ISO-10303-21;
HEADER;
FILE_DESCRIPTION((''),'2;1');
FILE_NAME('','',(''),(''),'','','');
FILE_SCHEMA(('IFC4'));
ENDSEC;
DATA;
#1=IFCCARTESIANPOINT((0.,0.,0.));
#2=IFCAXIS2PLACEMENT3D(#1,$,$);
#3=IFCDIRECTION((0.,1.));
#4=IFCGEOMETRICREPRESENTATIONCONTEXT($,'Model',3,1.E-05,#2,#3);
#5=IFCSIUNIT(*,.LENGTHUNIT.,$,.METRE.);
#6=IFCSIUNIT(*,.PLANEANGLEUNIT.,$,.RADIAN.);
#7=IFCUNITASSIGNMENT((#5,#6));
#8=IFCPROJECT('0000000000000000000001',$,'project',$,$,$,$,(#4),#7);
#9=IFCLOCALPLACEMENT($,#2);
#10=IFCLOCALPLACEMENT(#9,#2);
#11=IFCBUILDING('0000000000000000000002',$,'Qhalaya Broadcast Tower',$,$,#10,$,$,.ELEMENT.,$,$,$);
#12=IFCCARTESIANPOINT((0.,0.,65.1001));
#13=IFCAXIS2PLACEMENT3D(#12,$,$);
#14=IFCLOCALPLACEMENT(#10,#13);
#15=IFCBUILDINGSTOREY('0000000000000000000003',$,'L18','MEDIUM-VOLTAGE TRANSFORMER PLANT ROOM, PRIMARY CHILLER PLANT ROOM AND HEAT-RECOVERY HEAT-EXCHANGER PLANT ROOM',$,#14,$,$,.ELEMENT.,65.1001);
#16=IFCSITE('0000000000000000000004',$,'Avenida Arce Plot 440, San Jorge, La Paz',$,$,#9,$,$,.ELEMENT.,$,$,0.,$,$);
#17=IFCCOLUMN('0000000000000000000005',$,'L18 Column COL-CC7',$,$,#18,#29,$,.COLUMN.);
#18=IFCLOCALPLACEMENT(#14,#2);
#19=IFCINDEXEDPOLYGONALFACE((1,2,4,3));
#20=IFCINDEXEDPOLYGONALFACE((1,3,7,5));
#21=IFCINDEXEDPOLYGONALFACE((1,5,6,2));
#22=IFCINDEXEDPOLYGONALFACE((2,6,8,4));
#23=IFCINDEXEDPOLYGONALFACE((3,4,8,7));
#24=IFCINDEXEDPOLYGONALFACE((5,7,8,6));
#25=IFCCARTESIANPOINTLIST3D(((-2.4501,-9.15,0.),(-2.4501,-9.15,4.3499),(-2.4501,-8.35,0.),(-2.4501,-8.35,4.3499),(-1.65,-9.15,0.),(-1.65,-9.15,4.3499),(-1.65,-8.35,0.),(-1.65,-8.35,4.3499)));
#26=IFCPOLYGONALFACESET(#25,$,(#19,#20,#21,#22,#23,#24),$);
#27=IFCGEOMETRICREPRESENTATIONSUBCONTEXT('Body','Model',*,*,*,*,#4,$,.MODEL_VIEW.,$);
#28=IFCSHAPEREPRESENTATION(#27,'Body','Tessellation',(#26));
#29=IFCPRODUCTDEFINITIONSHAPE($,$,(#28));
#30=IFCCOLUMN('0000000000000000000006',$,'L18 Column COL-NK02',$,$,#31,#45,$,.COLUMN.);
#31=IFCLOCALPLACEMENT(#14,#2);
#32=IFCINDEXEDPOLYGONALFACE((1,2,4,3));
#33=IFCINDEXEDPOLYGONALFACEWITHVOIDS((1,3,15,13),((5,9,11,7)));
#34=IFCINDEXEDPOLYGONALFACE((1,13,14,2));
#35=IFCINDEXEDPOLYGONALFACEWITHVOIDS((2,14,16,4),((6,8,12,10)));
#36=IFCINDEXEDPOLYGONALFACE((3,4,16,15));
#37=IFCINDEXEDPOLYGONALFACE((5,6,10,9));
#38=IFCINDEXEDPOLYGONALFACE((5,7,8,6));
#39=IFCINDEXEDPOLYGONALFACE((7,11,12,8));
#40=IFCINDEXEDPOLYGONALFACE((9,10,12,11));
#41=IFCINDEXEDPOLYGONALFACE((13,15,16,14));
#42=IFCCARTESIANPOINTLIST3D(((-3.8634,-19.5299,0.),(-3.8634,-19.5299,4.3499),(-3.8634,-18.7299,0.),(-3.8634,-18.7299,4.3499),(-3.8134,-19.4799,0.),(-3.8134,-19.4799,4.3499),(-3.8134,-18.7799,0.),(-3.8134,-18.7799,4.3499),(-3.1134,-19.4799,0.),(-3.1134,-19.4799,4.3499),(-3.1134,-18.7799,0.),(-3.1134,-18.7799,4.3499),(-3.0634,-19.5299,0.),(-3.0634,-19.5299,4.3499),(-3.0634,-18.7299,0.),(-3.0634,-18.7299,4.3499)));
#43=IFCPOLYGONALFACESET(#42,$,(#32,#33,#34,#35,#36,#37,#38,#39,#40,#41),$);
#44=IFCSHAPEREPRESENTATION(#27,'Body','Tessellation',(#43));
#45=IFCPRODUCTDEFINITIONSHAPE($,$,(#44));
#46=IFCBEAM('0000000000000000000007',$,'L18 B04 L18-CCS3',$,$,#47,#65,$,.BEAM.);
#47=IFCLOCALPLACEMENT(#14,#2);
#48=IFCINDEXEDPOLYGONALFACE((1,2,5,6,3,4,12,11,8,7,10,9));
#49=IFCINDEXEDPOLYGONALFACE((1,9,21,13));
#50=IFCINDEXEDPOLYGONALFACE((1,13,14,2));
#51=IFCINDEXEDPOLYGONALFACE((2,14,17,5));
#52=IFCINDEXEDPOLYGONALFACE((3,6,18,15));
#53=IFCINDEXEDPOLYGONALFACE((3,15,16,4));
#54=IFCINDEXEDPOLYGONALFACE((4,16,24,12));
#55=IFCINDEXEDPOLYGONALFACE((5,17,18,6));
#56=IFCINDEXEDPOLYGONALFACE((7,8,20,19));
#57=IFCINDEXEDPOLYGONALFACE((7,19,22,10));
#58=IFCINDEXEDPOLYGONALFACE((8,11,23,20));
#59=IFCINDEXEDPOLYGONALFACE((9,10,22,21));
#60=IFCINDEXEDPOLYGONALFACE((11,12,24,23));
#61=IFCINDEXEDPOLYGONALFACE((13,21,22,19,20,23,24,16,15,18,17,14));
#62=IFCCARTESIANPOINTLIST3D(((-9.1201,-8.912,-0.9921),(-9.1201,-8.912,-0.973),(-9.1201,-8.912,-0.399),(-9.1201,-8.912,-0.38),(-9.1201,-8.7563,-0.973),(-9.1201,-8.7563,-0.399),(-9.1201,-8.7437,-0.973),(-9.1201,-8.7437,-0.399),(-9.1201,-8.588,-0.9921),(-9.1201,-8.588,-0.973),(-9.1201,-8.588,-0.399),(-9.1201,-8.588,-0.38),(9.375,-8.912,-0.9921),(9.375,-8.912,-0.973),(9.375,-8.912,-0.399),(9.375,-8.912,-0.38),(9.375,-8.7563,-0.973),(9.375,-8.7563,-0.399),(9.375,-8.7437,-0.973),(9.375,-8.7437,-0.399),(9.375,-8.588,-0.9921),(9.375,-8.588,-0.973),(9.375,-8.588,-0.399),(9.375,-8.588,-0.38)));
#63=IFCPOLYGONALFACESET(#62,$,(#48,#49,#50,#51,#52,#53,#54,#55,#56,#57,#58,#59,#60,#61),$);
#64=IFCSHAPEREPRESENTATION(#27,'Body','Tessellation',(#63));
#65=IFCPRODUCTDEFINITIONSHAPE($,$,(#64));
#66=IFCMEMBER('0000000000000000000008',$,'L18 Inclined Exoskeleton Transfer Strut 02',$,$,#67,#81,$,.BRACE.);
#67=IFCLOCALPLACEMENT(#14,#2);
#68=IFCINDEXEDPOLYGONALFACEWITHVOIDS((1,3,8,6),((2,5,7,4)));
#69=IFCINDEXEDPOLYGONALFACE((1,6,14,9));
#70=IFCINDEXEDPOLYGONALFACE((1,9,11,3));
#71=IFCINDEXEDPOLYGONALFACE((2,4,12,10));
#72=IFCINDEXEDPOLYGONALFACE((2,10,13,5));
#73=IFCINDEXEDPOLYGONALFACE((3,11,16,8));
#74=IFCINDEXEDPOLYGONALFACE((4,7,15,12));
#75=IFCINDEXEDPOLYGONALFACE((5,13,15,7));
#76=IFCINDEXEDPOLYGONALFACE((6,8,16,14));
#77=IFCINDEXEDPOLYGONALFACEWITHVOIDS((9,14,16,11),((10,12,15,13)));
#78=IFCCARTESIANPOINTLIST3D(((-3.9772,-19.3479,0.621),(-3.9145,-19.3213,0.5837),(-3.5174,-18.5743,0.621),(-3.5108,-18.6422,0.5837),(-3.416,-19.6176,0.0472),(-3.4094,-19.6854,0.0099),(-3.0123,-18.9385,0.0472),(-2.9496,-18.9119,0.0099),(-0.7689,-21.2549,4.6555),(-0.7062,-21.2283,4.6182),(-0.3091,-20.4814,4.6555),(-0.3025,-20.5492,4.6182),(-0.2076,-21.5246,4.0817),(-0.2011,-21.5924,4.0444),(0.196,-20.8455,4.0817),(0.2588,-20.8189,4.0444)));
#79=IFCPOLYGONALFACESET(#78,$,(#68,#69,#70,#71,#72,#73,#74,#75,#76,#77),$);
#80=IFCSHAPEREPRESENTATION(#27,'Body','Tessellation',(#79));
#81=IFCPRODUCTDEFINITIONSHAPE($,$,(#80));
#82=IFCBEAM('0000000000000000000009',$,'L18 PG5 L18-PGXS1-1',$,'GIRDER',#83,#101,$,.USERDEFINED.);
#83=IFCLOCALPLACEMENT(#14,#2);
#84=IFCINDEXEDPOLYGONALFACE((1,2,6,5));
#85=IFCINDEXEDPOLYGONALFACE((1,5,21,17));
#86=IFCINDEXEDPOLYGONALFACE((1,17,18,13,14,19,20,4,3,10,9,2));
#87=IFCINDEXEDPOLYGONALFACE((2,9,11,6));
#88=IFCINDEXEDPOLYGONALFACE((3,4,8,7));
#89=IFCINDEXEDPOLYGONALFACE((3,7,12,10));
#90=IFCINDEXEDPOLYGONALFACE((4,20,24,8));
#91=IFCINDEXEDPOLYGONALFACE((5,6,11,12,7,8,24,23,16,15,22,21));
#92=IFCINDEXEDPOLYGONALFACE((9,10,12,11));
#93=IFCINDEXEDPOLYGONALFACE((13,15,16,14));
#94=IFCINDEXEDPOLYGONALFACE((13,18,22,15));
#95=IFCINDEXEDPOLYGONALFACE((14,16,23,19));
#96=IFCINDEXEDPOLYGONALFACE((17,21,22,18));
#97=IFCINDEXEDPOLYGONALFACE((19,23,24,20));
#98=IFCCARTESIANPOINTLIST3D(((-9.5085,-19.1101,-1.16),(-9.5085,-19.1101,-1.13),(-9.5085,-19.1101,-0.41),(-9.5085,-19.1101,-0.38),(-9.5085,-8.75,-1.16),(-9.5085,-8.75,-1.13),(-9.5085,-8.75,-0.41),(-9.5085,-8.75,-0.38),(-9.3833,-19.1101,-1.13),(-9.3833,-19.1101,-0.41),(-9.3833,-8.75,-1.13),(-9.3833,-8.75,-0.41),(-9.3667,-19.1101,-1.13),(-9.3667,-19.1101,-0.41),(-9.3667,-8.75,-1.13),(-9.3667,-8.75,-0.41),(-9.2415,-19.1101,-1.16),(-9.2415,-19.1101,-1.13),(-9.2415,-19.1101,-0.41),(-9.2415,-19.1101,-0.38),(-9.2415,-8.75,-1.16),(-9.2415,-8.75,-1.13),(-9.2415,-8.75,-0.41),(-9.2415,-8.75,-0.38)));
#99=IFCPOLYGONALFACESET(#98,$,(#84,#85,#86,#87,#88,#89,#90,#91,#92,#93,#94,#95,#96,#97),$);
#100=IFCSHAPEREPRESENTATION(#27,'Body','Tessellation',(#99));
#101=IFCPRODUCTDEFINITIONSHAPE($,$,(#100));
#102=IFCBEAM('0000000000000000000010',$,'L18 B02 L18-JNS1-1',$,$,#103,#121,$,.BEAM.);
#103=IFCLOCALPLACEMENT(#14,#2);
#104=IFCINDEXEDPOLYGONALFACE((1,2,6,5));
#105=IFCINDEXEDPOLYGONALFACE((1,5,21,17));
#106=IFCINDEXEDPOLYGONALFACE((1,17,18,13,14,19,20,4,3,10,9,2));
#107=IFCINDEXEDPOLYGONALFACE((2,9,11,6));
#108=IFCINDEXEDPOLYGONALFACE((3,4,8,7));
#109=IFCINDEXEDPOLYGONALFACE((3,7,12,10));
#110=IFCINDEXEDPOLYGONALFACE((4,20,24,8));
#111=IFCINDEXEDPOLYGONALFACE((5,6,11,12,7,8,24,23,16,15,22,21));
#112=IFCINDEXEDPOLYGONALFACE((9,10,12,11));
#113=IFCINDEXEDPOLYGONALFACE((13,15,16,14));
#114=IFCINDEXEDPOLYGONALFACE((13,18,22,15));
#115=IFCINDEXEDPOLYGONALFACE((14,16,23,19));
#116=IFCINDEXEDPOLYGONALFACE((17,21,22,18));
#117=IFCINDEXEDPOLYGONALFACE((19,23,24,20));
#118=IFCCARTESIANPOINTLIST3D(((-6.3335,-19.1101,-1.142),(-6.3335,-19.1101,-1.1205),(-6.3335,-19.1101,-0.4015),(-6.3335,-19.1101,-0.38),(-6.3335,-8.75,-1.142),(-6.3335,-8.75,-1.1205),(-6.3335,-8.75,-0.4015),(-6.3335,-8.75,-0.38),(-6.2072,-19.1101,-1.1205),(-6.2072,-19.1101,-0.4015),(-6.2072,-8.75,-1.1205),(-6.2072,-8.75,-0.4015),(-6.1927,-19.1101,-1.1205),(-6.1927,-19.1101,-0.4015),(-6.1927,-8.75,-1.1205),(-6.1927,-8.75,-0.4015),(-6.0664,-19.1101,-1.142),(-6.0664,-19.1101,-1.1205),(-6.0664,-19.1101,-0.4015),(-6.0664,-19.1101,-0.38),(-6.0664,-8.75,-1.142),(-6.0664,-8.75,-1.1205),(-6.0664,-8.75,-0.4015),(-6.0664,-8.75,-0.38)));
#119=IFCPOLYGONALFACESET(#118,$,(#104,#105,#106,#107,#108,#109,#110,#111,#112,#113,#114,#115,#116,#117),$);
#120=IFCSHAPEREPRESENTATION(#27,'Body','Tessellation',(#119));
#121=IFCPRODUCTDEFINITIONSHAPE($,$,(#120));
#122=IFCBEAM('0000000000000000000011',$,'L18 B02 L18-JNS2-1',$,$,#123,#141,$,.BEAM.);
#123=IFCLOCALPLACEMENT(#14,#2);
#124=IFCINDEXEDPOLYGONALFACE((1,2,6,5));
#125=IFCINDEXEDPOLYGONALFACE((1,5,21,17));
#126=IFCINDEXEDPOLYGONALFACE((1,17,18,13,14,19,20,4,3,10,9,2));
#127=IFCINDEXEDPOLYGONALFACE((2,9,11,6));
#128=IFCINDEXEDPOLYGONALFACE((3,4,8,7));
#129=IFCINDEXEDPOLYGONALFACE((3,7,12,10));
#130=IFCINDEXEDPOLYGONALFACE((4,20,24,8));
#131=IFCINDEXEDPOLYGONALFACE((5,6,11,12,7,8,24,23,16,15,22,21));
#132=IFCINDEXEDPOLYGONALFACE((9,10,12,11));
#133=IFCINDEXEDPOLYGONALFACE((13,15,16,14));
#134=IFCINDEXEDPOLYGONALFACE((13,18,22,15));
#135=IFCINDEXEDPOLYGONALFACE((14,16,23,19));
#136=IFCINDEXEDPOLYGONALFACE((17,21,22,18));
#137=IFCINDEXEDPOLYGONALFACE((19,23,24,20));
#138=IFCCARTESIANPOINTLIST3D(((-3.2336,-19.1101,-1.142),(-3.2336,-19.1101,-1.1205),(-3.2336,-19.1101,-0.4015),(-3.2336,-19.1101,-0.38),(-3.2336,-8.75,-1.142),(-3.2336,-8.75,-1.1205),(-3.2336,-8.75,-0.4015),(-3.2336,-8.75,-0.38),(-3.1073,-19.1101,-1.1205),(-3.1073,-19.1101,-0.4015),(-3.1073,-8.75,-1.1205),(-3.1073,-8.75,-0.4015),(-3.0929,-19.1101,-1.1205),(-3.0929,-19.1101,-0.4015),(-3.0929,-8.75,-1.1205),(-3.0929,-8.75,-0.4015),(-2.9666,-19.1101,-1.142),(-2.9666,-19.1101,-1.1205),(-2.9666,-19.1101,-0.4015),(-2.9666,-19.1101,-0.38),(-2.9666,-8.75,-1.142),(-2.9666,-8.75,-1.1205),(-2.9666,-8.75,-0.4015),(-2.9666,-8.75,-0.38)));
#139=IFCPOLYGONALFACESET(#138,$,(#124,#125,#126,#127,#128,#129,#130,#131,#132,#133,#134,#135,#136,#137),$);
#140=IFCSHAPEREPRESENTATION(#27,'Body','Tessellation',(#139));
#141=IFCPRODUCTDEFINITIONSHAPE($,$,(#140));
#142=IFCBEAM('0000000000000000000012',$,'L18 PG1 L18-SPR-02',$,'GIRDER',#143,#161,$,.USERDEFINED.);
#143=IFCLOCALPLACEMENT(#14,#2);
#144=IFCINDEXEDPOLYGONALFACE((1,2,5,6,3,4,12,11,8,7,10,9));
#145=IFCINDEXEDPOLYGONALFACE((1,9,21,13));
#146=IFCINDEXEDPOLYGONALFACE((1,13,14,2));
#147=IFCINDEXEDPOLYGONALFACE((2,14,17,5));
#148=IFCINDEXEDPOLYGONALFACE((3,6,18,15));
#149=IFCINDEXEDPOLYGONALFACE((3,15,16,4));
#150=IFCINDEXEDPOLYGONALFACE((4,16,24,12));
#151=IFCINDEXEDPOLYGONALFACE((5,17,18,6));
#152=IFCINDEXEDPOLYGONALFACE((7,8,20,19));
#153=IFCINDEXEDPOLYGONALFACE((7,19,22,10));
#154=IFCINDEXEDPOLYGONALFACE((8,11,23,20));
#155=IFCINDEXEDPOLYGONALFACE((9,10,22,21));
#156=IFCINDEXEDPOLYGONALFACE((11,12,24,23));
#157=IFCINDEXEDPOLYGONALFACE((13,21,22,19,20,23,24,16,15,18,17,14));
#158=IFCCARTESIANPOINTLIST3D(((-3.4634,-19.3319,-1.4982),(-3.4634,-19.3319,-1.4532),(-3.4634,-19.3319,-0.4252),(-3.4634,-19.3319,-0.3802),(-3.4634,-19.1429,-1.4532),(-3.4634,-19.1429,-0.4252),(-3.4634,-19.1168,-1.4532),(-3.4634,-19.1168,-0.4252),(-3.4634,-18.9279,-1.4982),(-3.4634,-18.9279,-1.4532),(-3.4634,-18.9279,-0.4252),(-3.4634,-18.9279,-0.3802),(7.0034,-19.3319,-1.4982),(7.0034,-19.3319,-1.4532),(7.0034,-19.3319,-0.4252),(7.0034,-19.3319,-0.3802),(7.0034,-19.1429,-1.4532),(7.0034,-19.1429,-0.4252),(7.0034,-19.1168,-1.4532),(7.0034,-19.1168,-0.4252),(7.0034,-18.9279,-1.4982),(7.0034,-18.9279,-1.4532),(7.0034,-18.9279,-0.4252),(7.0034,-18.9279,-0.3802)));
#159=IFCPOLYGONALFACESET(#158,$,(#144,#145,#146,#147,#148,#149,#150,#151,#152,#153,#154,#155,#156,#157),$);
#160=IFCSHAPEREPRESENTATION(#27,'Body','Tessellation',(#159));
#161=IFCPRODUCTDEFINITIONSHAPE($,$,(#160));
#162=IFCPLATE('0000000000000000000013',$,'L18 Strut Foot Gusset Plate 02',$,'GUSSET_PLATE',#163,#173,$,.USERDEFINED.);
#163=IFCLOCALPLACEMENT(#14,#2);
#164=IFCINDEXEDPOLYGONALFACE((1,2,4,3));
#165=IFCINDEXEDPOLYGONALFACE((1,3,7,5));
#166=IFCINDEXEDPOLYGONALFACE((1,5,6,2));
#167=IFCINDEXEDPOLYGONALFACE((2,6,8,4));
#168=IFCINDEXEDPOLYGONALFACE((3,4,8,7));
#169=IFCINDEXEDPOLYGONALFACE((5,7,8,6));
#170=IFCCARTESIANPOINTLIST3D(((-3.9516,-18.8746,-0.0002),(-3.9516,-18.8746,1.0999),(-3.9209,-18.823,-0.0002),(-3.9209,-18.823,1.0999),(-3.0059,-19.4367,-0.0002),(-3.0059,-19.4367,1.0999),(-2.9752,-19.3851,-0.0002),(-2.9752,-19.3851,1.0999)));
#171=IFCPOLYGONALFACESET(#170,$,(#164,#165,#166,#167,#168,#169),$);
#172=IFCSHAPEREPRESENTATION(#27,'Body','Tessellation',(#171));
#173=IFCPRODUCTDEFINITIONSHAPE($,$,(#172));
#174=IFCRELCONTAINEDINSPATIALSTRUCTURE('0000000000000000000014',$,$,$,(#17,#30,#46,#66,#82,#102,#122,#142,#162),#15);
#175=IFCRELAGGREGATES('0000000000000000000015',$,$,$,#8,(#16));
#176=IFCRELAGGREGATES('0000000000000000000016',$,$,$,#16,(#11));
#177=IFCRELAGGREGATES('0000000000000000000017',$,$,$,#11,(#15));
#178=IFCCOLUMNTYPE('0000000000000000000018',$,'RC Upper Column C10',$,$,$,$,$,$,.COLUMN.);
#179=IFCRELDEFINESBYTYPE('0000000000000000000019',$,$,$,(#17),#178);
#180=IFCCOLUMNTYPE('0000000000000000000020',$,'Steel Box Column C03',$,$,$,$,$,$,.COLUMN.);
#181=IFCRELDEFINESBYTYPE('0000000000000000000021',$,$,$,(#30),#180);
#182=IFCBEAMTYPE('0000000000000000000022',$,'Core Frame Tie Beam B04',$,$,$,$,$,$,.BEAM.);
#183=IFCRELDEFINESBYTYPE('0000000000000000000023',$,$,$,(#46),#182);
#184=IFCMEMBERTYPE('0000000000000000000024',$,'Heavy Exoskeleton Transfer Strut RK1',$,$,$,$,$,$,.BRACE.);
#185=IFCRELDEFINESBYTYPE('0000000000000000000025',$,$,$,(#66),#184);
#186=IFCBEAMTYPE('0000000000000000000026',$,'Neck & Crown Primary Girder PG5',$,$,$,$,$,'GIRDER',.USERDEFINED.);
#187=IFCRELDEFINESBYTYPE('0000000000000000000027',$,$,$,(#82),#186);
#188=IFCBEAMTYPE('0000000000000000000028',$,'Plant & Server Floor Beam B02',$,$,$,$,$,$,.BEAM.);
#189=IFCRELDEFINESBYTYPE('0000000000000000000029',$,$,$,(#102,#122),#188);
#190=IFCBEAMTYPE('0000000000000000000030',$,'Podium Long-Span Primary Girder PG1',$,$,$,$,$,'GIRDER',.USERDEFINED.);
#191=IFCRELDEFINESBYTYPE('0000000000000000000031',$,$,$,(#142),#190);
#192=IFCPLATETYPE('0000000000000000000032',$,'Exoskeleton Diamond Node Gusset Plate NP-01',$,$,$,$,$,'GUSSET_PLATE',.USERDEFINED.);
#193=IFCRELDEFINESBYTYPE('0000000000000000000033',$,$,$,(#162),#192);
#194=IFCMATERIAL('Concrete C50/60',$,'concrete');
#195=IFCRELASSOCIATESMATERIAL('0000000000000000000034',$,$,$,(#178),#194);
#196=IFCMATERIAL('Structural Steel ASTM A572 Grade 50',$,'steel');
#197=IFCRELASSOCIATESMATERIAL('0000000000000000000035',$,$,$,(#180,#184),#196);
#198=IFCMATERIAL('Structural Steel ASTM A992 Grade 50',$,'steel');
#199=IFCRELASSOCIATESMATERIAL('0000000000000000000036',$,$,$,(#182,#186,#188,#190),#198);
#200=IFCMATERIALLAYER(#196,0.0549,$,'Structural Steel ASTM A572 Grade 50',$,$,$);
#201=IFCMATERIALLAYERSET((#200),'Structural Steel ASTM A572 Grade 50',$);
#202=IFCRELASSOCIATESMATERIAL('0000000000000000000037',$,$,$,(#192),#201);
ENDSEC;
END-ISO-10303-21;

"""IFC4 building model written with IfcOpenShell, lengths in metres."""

from ifc_helpers import new_model, si_unit, direction, frame, origin, origin_2d, place, context, subcontext, project, spatial, rectangle, hollow_rectangle, i_section, extrude, material, layer, layer_set, material_profile, profile_set, type_object, element, save


model = new_model("IFC4")

# Units and contexts
model_context = context("Model", 3, precision=1e-05, world=origin(), true_north=direction((0.0, 1.0)))
body_context = subcontext(model_context, "Body", "Model", "MODEL_VIEW")
ifc_project = project(units=[si_unit("LENGTHUNIT", "METRE"), si_unit("PLANEANGLEUNIT", "RADIAN")], contexts=[model_context])

# Site, building, storey
site_placement = place(None, origin())
site = spatial("IfcSite", under=ifc_project, at=site_placement, Name="Avenida Arce Plot 440, San Jorge, La Paz", CompositionType="ELEMENT", RefElevation=0.0)
building_placement = place(site_placement, origin())
building = spatial("IfcBuilding", under=site, at=building_placement, Name="Qhalaya Broadcast Tower", CompositionType="ELEMENT")
storey_placement = place(building_placement, frame((0.0, 0.0, 65.1001)))
storey = spatial("IfcBuildingStorey", under=building, at=storey_placement, Name="L18", Description="MEDIUM-VOLTAGE TRANSFORMER PLANT ROOM, PRIMARY CHILLER PLANT ROOM AND HEAT-RECOVERY HEAT-EXCHANGER PLANT ROOM", CompositionType="ELEMENT", Elevation=65.1001)

# Columns
ifc_material_1 = material(Name="Concrete C50/60", Category="concrete")
ifc_material_profile_1 = material_profile(ifc_material_1, rectangle(XDim=0.8, YDim=0.8, at=origin_2d()), Name="RC-COL 800x800")
ifc_profile_set_1 = profile_set([ifc_material_profile_1], Name="Concrete C50/60")
column_type_1 = type_object("IfcColumnType", Name="RC Upper Column C10", PredefinedType="COLUMN", material=ifc_profile_set_1)
column_1_placement = place(storey_placement, frame((-2.05, -8.75, 0.0), z_axis=(0.0, 0.0, 1.0), x_axis=(1.0, 0.0, 0.0)))
element("IfcColumn", 1, at=column_1_placement, inside=storey, type_object=column_type_1, Name="L18 Column COL-CC7", PredefinedType="COLUMN", context=body_context, shape_type="SweptSolid", body=[
    extrude(rectangle(XDim=0.8, YDim=0.8, at=origin_2d()), origin(), (0.0, 0.0, 1.0), 4.3499),
])
ifc_material_2 = material(Name="Structural Steel ASTM A572 Grade 50", Category="steel")
ifc_material_profile_2 = material_profile(ifc_material_2, hollow_rectangle(XDim=0.8, YDim=0.8, WallThickness=0.05, at=origin_2d()), Name="BOX 800x800x50")
ifc_profile_set_2 = profile_set([ifc_material_profile_2], Name="Structural Steel ASTM A572 Grade 50")
column_type_2 = type_object("IfcColumnType", Name="Steel Box Column C03", PredefinedType="COLUMN", material=ifc_profile_set_2)
column_2_placement = place(storey_placement, frame((-3.4634, -19.1299, 0.0), z_axis=(0.0, 0.0, 1.0), x_axis=(1.0, 0.0, 0.0)))
element("IfcColumn", 2, at=column_2_placement, inside=storey, type_object=column_type_2, Name="L18 Column COL-NK02", PredefinedType="COLUMN", context=body_context, shape_type="SweptSolid", body=[
    extrude(hollow_rectangle(XDim=0.8, YDim=0.8, WallThickness=0.05, at=origin_2d()), origin(), (0.0, 0.0, 1.0), 4.3499),
])

# Beam
ifc_material_3 = material(Name="Structural Steel ASTM A992 Grade 50", Category="steel")
ifc_material_profile_3 = material_profile(ifc_material_3, i_section(OverallWidth=0.324, OverallDepth=0.6121, WebThickness=0.0127, FlangeThickness=0.019, at=origin_2d()), Name="W24X104")
ifc_profile_set_3 = profile_set([ifc_material_profile_3], Name="Structural Steel ASTM A992 Grade 50")
beam_type_1 = type_object("IfcBeamType", Name="Core Frame Tie Beam B04", PredefinedType="BEAM", material=ifc_profile_set_3)
beam_1_placement = place(storey_placement, frame((-9.1201, -8.75, -0.686), z_axis=(1.0, 0.0, 0.0), x_axis=(0.0, 1.0, 0.0)))
element("IfcBeam", 3, at=beam_1_placement, inside=storey, type_object=beam_type_1, Name="L18 B04 L18-CCS3", PredefinedType="BEAM", context=body_context, shape_type="SweptSolid", body=[
    extrude(i_section(OverallWidth=0.324, OverallDepth=0.6121, WebThickness=0.0127, FlangeThickness=0.019, at=origin_2d()), origin(), (0.0, 0.0, 1.0), 18.4951),
])

# Member
ifc_material_profile_4 = material_profile(ifc_material_2, hollow_rectangle(XDim=0.8999, YDim=0.8999, WallThickness=0.0549, at=origin_2d()), Name="BOX 900x900x55")
ifc_profile_set_4 = profile_set([ifc_material_profile_4], Name="Structural Steel ASTM A572 Grade 50")
member_type = type_object("IfcMemberType", Name="Heavy Exoskeleton Transfer Strut RK1", PredefinedType="BRACE", material=ifc_profile_set_4)
member_placement = place(storey_placement, frame((-3.4634, -19.1299, 0.3154), z_axis=(0.583743, -0.346976, 0.734065), x_axis=(0.510951, 0.85961, 0.0)))
element("IfcMember", 4, at=member_placement, inside=storey, type_object=member_type, Name="L18 Inclined Exoskeleton Transfer Strut 02", PredefinedType="BRACE", context=body_context, shape_type="SweptSolid", body=[
    extrude(hollow_rectangle(XDim=0.8999, YDim=0.8999, WallThickness=0.0549, at=origin_2d()), origin(), (0.0, 0.0, 1.0), 5.4961),
])

# Beams
ifc_material_profile_5 = material_profile(ifc_material_3, i_section(OverallWidth=0.2671, OverallDepth=0.78, WebThickness=0.0166, FlangeThickness=0.03, at=origin_2d()), Name="W30X148")
ifc_profile_set_5 = profile_set([ifc_material_profile_5], Name="Structural Steel ASTM A992 Grade 50")
beam_type_2 = type_object("IfcBeamType", Name="Neck & Crown Primary Girder PG5", ElementType="GIRDER", PredefinedType="USERDEFINED", material=ifc_profile_set_5)
beam_2_placement = place(storey_placement, frame((-9.375, -19.1101, -0.77), z_axis=(0.0, 1.0, 0.0), x_axis=(-1.0, 0.0, 0.0)))
element("IfcBeam", 5, at=beam_2_placement, inside=storey, type_object=beam_type_2, Name="L18 PG5 L18-PGXS1-1", ObjectType="GIRDER", PredefinedType="USERDEFINED", context=body_context, shape_type="SweptSolid", body=[
    extrude(i_section(OverallWidth=0.2671, OverallDepth=0.78, WebThickness=0.0166, FlangeThickness=0.03, at=origin_2d()), origin(), (0.0, 0.0, 1.0), 10.3601),
])
ifc_material_profile_6 = material_profile(ifc_material_3, i_section(OverallWidth=0.2671, OverallDepth=0.762, WebThickness=0.0144, FlangeThickness=0.0215, at=origin_2d()), Name="W30X116")
ifc_profile_set_6 = profile_set([ifc_material_profile_6], Name="Structural Steel ASTM A992 Grade 50")
beam_type_3 = type_object("IfcBeamType", Name="Plant & Server Floor Beam B02", PredefinedType="BEAM", material=ifc_profile_set_6)
for number, where, z_axis, x_axis, name in (
    (6, (-6.2, -19.1101, -0.761), (0.0, 1.0, 0.0), (-1.0, 0.0, 0.0), "L18 B02 L18-JNS1-1"),
    (7, (-3.1001, -19.1101, -0.761), (0.0, 1.0, 0.0), (-1.0, 0.0, 0.0), "L18 B02 L18-JNS2-1"),
):
    element("IfcBeam", number, at=place(storey_placement, frame(where, z_axis=z_axis, x_axis=x_axis)), inside=storey, type_object=beam_type_3, Name=name, PredefinedType="BEAM", context=body_context, shape_type="SweptSolid", body=[
        extrude(i_section(OverallWidth=0.2671, OverallDepth=0.762, WebThickness=0.0144, FlangeThickness=0.0215, at=origin_2d()), origin(), (0.0, 0.0, 1.0), 10.3601),
    ])
ifc_material_profile_7 = material_profile(ifc_material_3, i_section(OverallWidth=0.4041, OverallDepth=1.1179, WebThickness=0.0261, FlangeThickness=0.0449, at=origin_2d()), Name="W44X335")
ifc_profile_set_7 = profile_set([ifc_material_profile_7], Name="Structural Steel ASTM A992 Grade 50")
beam_type_4 = type_object("IfcBeamType", Name="Podium Long-Span Primary Girder PG1", ElementType="GIRDER", PredefinedType="USERDEFINED", material=ifc_profile_set_7)
beam_3_placement = place(storey_placement, frame((-3.4634, -19.1299, -0.9392), z_axis=(1.0, 0.0, 0.0), x_axis=(0.0, 1.0, 0.0)))
element("IfcBeam", 8, at=beam_3_placement, inside=storey, type_object=beam_type_4, Name="L18 PG1 L18-SPR-02", ObjectType="GIRDER", PredefinedType="USERDEFINED", context=body_context, shape_type="SweptSolid", body=[
    extrude(i_section(OverallWidth=0.4041, OverallDepth=1.1179, WebThickness=0.0261, FlangeThickness=0.0449, at=origin_2d()), origin(), (0.0, 0.0, 1.0), 10.4668),
])

# Plate
ifc_layer_1 = layer(ifc_material_2, 0.0549, Name="Structural Steel ASTM A572 Grade 50")
ifc_layer_set_1 = layer_set([ifc_layer_1], Name="Structural Steel ASTM A572 Grade 50")
plate_type_1 = type_object("IfcPlateType", Name="Exoskeleton Diamond Node Gusset Plate NP-01", ElementType="GUSSET_PLATE", PredefinedType="USERDEFINED", material=ifc_layer_set_1)
for number, where, z_axis, x_axis, name in (
    (9, (-3.4634, -19.1299, -0.0002), (0.0, 0.0, 1.0), (0.859612, -0.510948, 0.0), "L18 Strut Foot Gusset Plate 02"),
):
    element("IfcPlate", number, at=place(storey_placement, frame(where, z_axis=z_axis, x_axis=x_axis)), inside=storey, type_object=plate_type_1, Name=name, ObjectType="GUSSET_PLATE", PredefinedType="USERDEFINED", context=body_context, shape_type="SweptSolid", body=[
        extrude(rectangle(XDim=1.1001, YDim=0.0601, at=origin_2d()), origin(), (0.0, 0.0, 1.0), 1.1001),
    ])

save(model, "model.ifc")
